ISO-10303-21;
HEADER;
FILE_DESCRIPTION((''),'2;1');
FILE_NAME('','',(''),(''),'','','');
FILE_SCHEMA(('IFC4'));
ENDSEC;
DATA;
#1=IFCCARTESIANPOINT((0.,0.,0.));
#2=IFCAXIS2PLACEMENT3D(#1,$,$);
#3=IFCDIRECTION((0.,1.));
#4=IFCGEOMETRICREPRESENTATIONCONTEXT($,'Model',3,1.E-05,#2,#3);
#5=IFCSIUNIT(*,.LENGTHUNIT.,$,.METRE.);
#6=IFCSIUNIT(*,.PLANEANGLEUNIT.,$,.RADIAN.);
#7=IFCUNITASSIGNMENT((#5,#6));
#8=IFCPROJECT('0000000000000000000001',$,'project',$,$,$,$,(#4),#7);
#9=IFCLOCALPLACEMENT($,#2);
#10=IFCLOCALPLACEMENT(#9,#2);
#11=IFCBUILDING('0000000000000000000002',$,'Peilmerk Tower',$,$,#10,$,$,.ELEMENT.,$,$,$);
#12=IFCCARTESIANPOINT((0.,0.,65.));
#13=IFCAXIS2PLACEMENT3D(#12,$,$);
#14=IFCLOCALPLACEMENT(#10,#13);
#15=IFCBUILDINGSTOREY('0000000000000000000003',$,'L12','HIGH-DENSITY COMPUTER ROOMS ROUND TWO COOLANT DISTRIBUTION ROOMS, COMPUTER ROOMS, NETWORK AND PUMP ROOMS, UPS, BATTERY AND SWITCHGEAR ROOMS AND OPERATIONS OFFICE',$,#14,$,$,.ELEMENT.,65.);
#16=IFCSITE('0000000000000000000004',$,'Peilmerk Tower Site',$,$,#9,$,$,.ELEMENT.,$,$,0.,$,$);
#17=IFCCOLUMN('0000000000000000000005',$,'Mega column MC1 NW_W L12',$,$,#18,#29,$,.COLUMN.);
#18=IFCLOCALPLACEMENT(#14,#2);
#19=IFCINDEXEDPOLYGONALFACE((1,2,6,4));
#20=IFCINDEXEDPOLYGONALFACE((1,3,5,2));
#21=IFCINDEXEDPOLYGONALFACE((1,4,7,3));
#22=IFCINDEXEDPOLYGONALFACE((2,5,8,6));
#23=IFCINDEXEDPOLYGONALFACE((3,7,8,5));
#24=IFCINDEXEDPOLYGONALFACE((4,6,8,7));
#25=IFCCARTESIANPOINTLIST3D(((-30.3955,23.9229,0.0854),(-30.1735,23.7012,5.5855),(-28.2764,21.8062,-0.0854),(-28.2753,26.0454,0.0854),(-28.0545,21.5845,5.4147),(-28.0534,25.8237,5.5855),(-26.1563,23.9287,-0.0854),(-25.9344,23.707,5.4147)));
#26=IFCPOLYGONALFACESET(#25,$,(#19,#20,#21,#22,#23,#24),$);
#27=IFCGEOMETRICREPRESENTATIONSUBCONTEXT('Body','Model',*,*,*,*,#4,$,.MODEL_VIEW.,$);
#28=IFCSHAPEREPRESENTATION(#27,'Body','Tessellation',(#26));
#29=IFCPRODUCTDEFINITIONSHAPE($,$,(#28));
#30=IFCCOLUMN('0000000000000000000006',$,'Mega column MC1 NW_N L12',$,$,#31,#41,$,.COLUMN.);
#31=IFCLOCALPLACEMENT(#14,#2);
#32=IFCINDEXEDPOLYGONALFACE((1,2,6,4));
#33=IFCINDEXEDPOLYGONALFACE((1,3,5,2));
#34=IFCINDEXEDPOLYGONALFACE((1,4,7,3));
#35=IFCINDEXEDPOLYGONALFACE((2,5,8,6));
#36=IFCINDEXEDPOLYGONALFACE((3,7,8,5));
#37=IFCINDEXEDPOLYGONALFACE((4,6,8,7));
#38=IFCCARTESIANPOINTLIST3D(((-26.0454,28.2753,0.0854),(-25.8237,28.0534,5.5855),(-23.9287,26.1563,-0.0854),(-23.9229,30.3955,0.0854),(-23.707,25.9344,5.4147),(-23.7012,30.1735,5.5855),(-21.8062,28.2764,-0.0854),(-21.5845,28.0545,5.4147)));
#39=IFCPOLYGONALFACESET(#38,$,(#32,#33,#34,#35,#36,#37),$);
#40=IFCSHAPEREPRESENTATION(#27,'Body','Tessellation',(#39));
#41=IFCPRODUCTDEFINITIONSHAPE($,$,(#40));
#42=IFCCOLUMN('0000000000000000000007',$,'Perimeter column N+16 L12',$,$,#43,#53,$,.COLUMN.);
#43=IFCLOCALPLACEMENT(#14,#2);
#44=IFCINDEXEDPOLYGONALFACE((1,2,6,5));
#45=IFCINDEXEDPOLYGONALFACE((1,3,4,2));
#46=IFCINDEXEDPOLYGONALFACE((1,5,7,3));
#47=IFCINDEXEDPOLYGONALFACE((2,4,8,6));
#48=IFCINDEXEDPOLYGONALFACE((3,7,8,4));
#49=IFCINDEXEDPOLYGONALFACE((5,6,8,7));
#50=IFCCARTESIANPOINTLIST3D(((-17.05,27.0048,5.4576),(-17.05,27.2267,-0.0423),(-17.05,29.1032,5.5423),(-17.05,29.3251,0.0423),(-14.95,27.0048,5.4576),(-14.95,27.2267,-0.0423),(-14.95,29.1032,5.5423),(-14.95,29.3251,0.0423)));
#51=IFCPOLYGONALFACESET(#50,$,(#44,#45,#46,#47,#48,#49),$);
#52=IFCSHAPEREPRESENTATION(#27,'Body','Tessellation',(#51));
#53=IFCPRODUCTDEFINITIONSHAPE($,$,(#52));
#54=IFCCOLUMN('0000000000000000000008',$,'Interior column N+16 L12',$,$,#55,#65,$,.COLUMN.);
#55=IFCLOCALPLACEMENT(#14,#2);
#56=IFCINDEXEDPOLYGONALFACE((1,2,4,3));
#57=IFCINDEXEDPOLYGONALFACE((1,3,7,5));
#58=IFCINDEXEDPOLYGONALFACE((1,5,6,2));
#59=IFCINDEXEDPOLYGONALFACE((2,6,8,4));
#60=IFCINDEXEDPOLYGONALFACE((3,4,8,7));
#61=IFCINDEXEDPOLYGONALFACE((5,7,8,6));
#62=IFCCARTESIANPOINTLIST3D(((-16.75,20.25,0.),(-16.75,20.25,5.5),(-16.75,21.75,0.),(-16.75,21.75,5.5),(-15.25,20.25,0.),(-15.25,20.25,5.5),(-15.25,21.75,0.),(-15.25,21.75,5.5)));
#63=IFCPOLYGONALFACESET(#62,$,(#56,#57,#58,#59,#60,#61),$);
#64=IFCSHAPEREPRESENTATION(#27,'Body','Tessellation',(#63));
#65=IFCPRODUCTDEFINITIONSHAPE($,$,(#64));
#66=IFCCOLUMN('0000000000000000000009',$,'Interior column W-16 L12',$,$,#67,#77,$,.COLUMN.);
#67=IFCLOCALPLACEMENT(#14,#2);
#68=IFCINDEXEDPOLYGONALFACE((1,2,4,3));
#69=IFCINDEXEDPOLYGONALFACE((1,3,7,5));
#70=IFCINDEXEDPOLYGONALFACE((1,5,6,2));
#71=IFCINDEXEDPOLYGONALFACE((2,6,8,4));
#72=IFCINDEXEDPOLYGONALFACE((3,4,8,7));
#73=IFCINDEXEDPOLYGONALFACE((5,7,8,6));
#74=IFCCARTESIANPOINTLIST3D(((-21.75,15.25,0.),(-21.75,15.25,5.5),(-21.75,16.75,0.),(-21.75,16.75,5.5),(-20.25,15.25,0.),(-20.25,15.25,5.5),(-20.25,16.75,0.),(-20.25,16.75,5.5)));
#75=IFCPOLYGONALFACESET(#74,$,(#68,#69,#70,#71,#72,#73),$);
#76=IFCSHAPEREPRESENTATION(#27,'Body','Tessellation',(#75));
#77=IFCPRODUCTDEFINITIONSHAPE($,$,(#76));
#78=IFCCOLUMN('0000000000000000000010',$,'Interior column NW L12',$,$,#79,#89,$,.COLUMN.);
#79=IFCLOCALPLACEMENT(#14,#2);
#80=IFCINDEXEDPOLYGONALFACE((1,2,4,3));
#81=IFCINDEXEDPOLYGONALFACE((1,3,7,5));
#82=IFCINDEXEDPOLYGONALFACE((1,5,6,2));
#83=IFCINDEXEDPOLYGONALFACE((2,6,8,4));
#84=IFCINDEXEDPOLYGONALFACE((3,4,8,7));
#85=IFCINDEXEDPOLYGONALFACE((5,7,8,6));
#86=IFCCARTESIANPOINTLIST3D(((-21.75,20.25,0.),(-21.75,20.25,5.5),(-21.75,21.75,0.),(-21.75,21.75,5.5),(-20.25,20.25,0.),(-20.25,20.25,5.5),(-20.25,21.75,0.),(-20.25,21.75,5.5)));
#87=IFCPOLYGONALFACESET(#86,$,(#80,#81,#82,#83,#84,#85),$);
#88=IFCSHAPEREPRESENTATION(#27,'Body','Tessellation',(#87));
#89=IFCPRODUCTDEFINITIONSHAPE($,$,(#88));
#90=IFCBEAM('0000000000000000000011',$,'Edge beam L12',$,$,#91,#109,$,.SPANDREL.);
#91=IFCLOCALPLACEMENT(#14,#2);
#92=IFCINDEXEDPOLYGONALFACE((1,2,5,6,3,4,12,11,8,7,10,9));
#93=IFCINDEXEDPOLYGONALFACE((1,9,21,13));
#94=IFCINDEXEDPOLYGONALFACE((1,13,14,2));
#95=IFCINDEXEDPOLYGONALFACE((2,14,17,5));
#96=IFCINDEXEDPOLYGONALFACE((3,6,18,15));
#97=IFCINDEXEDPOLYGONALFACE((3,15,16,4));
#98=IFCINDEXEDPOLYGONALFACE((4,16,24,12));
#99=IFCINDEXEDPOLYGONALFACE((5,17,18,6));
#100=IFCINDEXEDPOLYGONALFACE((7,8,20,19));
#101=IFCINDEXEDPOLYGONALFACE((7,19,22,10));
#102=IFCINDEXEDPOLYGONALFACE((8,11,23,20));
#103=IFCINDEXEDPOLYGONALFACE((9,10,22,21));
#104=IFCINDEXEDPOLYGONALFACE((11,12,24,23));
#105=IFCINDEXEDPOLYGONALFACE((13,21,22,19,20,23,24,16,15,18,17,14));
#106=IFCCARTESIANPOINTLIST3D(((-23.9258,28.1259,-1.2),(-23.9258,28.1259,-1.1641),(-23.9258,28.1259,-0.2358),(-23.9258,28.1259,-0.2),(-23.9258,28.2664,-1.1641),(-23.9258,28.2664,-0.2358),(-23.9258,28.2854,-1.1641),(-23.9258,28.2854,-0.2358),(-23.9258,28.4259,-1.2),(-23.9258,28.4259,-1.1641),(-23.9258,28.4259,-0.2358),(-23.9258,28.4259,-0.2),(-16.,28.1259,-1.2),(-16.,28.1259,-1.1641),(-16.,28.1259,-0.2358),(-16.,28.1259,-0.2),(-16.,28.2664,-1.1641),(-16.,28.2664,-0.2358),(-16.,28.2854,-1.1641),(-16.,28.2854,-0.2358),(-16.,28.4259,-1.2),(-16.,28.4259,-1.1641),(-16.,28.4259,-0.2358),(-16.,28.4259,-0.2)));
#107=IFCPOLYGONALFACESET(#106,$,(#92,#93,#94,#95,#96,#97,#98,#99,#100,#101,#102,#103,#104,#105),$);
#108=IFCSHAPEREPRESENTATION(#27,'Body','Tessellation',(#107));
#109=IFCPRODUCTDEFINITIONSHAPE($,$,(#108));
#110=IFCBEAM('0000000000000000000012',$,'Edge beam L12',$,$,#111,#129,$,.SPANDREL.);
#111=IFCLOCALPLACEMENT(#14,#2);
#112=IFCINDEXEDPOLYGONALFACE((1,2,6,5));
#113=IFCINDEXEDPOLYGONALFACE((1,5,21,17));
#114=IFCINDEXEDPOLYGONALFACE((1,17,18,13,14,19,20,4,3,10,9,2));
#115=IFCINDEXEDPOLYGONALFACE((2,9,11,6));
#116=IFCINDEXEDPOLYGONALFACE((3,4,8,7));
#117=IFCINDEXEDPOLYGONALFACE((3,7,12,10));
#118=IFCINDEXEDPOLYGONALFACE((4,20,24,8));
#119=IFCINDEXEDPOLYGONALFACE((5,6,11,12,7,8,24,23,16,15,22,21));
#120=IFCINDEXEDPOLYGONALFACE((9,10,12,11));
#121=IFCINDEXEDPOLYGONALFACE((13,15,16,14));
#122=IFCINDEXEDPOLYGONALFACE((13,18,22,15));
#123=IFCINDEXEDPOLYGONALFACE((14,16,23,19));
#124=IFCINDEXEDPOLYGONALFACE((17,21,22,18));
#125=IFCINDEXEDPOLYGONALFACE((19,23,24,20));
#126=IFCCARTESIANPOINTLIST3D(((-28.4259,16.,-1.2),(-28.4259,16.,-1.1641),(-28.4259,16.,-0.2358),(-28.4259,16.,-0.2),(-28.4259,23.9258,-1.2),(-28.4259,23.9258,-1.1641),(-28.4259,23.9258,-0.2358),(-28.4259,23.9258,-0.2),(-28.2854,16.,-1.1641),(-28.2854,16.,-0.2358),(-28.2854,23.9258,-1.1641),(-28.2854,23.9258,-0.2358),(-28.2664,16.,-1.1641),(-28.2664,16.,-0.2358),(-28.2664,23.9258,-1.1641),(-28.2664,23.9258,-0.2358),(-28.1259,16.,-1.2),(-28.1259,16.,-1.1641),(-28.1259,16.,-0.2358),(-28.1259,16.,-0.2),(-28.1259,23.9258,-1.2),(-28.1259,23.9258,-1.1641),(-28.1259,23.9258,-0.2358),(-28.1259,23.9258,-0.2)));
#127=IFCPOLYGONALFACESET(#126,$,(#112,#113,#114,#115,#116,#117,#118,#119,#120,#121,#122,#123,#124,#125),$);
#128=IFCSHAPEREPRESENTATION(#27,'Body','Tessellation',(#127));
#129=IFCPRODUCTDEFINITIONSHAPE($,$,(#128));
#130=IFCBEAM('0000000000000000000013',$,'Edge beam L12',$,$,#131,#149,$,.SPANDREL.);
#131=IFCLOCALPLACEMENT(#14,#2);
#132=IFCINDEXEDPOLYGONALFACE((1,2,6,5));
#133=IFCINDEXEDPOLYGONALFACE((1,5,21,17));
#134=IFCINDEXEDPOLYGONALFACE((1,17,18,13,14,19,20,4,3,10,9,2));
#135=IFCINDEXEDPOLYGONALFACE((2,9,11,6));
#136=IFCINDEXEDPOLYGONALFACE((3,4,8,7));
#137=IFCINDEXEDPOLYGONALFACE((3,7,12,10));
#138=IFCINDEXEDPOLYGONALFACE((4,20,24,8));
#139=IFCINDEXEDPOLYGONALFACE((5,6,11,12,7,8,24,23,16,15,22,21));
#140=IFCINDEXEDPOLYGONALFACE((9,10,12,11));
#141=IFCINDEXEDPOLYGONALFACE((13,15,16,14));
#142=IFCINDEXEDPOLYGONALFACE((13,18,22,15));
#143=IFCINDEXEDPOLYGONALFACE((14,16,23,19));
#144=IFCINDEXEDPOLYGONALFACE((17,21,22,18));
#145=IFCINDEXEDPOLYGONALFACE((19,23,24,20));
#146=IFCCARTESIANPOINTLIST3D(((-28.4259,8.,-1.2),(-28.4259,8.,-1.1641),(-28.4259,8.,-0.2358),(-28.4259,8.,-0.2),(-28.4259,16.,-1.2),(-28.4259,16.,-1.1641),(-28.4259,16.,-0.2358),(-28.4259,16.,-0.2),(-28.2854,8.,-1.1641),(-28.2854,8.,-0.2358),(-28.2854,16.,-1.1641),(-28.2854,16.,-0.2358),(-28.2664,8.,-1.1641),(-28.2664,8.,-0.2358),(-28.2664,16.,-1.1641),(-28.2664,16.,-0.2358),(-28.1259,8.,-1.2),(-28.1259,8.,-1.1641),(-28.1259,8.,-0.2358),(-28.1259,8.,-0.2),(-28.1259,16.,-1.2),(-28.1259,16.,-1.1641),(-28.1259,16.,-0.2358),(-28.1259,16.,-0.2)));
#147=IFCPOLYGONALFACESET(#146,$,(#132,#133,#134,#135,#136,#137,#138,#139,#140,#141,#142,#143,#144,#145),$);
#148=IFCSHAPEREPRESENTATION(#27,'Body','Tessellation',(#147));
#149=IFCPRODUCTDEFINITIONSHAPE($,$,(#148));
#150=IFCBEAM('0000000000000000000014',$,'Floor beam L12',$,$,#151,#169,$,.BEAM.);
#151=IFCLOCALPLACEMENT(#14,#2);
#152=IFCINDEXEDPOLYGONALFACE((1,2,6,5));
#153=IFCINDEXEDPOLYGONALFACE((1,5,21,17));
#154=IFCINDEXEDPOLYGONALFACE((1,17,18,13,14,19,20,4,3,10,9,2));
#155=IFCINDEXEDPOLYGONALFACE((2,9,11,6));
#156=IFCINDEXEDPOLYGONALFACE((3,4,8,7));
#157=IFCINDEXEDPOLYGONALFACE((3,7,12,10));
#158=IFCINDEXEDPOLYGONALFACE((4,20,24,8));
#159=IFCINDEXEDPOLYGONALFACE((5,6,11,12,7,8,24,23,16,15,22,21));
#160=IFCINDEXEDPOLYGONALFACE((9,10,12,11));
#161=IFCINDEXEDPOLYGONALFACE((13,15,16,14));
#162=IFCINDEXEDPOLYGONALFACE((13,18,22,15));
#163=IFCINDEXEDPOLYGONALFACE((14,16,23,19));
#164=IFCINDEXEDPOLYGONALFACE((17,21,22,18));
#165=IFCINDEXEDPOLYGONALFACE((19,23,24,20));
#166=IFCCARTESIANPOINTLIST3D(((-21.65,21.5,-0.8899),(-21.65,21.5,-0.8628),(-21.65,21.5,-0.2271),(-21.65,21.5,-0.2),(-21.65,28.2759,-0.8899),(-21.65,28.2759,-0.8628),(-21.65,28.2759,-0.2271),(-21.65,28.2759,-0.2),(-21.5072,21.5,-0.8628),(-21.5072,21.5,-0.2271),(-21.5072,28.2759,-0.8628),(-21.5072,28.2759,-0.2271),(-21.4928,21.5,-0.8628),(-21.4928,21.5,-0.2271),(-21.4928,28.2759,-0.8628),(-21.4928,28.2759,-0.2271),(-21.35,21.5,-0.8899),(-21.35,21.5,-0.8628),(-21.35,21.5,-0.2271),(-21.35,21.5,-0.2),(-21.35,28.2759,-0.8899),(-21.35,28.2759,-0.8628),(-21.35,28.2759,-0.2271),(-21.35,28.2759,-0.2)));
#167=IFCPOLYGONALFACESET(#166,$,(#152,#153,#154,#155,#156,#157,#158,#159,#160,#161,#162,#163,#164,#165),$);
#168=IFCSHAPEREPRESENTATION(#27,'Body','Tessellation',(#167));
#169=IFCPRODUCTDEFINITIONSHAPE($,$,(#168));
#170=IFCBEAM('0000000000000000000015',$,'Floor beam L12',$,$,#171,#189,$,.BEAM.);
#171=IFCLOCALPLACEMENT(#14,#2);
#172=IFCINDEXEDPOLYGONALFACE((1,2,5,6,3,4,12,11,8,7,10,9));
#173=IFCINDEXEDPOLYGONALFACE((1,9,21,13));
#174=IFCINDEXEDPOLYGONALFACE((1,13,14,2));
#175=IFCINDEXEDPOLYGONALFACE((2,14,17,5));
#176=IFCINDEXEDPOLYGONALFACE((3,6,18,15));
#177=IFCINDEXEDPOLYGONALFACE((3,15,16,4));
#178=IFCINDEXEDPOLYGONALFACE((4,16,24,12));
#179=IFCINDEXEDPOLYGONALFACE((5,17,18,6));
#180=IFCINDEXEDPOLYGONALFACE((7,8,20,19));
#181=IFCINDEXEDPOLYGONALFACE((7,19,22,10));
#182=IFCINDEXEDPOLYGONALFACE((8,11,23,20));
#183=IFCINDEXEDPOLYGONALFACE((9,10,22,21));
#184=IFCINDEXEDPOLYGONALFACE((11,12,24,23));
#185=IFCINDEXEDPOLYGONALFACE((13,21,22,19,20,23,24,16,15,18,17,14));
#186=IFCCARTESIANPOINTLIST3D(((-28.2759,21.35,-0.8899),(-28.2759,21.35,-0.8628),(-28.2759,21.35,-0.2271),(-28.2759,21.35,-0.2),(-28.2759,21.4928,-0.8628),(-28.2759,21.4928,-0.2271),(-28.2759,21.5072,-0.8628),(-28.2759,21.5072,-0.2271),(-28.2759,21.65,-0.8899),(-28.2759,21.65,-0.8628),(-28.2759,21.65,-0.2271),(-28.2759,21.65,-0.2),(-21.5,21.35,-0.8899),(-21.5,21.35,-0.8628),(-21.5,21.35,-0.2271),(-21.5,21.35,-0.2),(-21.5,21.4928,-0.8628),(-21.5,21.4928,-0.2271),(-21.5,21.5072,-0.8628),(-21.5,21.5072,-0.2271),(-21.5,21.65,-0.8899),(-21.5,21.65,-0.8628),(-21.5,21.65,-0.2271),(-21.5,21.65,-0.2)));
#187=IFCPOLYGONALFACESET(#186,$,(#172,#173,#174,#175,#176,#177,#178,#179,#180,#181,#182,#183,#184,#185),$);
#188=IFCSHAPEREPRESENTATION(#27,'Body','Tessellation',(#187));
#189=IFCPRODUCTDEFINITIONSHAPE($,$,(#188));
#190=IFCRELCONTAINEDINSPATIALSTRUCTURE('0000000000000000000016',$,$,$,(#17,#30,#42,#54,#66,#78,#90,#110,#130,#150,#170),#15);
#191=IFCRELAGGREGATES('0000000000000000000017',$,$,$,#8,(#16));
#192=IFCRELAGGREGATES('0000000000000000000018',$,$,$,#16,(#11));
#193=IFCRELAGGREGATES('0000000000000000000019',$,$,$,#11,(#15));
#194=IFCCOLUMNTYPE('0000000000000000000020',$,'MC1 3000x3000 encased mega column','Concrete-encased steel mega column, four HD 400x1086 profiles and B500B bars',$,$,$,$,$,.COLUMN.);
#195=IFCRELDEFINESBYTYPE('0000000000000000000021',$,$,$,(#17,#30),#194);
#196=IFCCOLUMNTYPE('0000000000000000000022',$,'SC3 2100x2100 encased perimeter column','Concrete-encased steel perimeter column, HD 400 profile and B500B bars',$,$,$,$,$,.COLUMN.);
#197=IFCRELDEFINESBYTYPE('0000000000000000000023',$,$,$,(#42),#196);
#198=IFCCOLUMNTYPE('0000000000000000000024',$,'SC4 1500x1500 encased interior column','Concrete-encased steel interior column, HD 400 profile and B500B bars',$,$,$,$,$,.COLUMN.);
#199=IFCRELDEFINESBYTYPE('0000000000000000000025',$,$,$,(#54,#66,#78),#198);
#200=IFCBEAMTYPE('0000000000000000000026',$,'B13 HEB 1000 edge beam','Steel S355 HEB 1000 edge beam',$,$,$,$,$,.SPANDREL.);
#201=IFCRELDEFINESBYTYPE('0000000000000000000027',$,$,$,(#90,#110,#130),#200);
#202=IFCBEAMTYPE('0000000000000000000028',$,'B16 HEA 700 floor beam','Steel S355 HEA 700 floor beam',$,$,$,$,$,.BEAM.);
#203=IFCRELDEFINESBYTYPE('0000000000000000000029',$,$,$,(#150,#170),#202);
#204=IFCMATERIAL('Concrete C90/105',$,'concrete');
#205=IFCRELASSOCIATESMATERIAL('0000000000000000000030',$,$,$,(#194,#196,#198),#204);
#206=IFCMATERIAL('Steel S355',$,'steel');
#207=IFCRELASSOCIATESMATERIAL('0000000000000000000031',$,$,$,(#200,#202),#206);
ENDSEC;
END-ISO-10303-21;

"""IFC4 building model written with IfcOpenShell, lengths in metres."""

from ifc_helpers import new_model, si_unit, direction, frame, origin, origin_2d, place, context, subcontext, project, spatial, rectangle, i_section, extrude, material, material_profile, profile_set, type_object, element, save


model = new_model("IFC4")

# Units and contexts
model_context = context("Model", 3, precision=1e-05, world=origin(), true_north=direction((0.0, 1.0)))
body_context = subcontext(model_context, "Body", "Model", "MODEL_VIEW")
ifc_project = project(units=[si_unit("LENGTHUNIT", "METRE"), si_unit("PLANEANGLEUNIT", "RADIAN")], contexts=[model_context])

# Site, building, storey
site_placement = place(None, origin())
site = spatial("IfcSite", under=ifc_project, at=site_placement, Name="Peilmerk Tower Site", CompositionType="ELEMENT", RefElevation=0.0)
building_placement = place(site_placement, origin())
building = spatial("IfcBuilding", under=site, at=building_placement, Name="Peilmerk Tower", CompositionType="ELEMENT")
storey_placement = place(building_placement, frame((0.0, 0.0, 65.0)))
storey = spatial("IfcBuildingStorey", under=building, at=storey_placement, Name="L12", Description="HIGH-DENSITY COMPUTER ROOMS ROUND TWO COOLANT DISTRIBUTION ROOMS, COMPUTER ROOMS, NETWORK AND PUMP ROOMS, UPS, BATTERY AND SWITCHGEAR ROOMS AND OPERATIONS OFFICE", CompositionType="ELEMENT", Elevation=65.0)

# Columns
ifc_material_1 = material(Name="Concrete C90/105", Category="concrete")
ifc_material_profile_1 = material_profile(ifc_material_1, rectangle(XDim=3.0, YDim=3.0, at=origin_2d()), Name="RC 3000x3000")
ifc_profile_set_1 = profile_set([ifc_material_profile_1], Name="Concrete C90/105")
column_type_1 = type_object("IfcColumnType", Name="MC1 3000x3000 encased mega column", Description="Concrete-encased steel mega column, four HD 400x1086 profiles and B500B bars", PredefinedType="COLUMN", material=ifc_profile_set_1)
for number, where, z_axis, x_axis, name in (
    (1, (-28.2759, 23.9258, 0.0), (0.040284, -0.04024, 0.998378), (0.706718, 0.707496, 0.0), "Mega column MC1 NW_W L12"),
    (2, (-23.9258, 28.2759, 0.0), (0.04024, -0.040284, 0.998378), (0.707496, 0.706718, 0.0), "Mega column MC1 NW_N L12"),
):
    element("IfcColumn", number, at=place(storey_placement, frame(where, z_axis=z_axis, x_axis=x_axis)), inside=storey, type_object=column_type_1, Name=name, PredefinedType="COLUMN", context=body_context, shape_type="SweptSolid", body=[
        extrude(rectangle(XDim=3.0, YDim=3.0, at=origin_2d()), origin(), (0.0, 0.0, 1.0), 5.509),
    ])
ifc_material_profile_2 = material_profile(ifc_material_1, rectangle(XDim=2.1001, YDim=2.1001, at=origin_2d()), Name="RC 2100x2100")
ifc_profile_set_2 = profile_set([ifc_material_profile_2], Name="Concrete C90/105")
column_type_2 = type_object("IfcColumnType", Name="SC3 2100x2100 encased perimeter column", Description="Concrete-encased steel perimeter column, HD 400 profile and B500B bars", PredefinedType="COLUMN", material=ifc_profile_set_2)
column_placement = place(storey_placement, frame((-16.0, 28.2759, 0.0), z_axis=(0.0, -0.040317, 0.999187), x_axis=(1.0, 0.0, 0.0)))
element("IfcColumn", 3, at=column_placement, inside=storey, type_object=column_type_2, Name="Perimeter column N+16 L12", PredefinedType="COLUMN", context=body_context, shape_type="SweptSolid", body=[
    extrude(rectangle(XDim=2.1001, YDim=2.1001, at=origin_2d()), origin(), (0.0, 0.0, 1.0), 5.5044),
])
ifc_material_profile_3 = material_profile(ifc_material_1, rectangle(XDim=1.5, YDim=1.5, at=origin_2d()), Name="RC 1500x1500")
ifc_profile_set_3 = profile_set([ifc_material_profile_3], Name="Concrete C90/105")
column_type_3 = type_object("IfcColumnType", Name="SC4 1500x1500 encased interior column", Description="Concrete-encased steel interior column, HD 400 profile and B500B bars", PredefinedType="COLUMN", material=ifc_profile_set_3)
for number, where, z_axis, x_axis, name in (
    (4, (-16.0, 21.0, 0.0), (0.0, 0.0, 1.0), (1.0, 0.0, 0.0), "Interior column N+16 L12"),
    (5, (-21.0, 16.0, 0.0), (0.0, 0.0, 1.0), (1.0, 0.0, 0.0), "Interior column W-16 L12"),
    (6, (-21.0, 21.0, 0.0), (0.0, 0.0, 1.0), (1.0, 0.0, 0.0), "Interior column NW L12"),
):
    element("IfcColumn", number, at=place(storey_placement, frame(where, z_axis=z_axis, x_axis=x_axis)), inside=storey, type_object=column_type_3, Name=name, PredefinedType="COLUMN", context=body_context, shape_type="SweptSolid", body=[
        extrude(rectangle(XDim=1.5, YDim=1.5, at=origin_2d()), origin(), (0.0, 0.0, 1.0), 5.5),
    ])

# Beams
ifc_material_2 = material(Name="Steel S355", Category="steel")
ifc_material_profile_4 = material_profile(ifc_material_2, i_section(OverallWidth=0.3, OverallDepth=1.0, WebThickness=0.019, FlangeThickness=0.0359, at=origin_2d()), Name="HEB 1000")
ifc_profile_set_4 = profile_set([ifc_material_profile_4], Name="Steel S355")
beam_type_1 = type_object("IfcBeamType", Name="B13 HEB 1000 edge beam", Description="Steel S355 HEB 1000 edge beam", PredefinedType="SPANDREL", material=ifc_profile_set_4)
for number, where, z_axis, x_axis, name in (
    (7, (-16.0, 28.2759, -0.7), (-1.0, 0.0, 0.0), (0.0, -1.0, 0.0), "Edge beam L12"),
    (8, (-28.2759, 23.9258, -0.7), (0.0, -1.0, 0.0), (1.0, 0.0, 0.0), "Edge beam L12"),
):
    element("IfcBeam", number, at=place(storey_placement, frame(where, z_axis=z_axis, x_axis=x_axis)), inside=storey, type_object=beam_type_1, Name=name, PredefinedType="SPANDREL", context=body_context, shape_type="SweptSolid", body=[
        extrude(i_section(OverallWidth=0.3, OverallDepth=1.0, WebThickness=0.019, FlangeThickness=0.0359, at=origin_2d()), origin(), (0.0, 0.0, 1.0), 7.9258),
    ])
beam_1_placement = place(storey_placement, frame((-28.2759, 16.0, -0.7), z_axis=(0.0, -1.0, 0.0), x_axis=(1.0, 0.0, 0.0)))
element("IfcBeam", 9, at=beam_1_placement, inside=storey, type_object=beam_type_1, Name="Edge beam L12", PredefinedType="SPANDREL", context=body_context, shape_type="SweptSolid", body=[
    extrude(i_section(OverallWidth=0.3, OverallDepth=1.0, WebThickness=0.019, FlangeThickness=0.0359, at=origin_2d()), origin(), (0.0, 0.0, 1.0), 8.0),
])
ifc_material_profile_5 = material_profile(ifc_material_2, i_section(OverallWidth=0.3, OverallDepth=0.6899, WebThickness=0.0144, FlangeThickness=0.0271, at=origin_2d()), Name="HEA 700")
ifc_profile_set_5 = profile_set([ifc_material_profile_5], Name="Steel S355")
beam_type_2 = type_object("IfcBeamType", Name="B16 HEA 700 floor beam", Description="Steel S355 HEA 700 floor beam", PredefinedType="BEAM", material=ifc_profile_set_5)
for number, where, z_axis, x_axis, name in (
    (10, (-21.5, 21.5, -0.5449), (0.0, 1.0, 0.0), (-1.0, 0.0, 0.0), "Floor beam L12"),
    (11, (-21.5, 21.5, -0.5449), (-1.0, 0.0, 0.0), (0.0, -1.0, 0.0), "Floor beam L12"),
):
    element("IfcBeam", number, at=place(storey_placement, frame(where, z_axis=z_axis, x_axis=x_axis)), inside=storey, type_object=beam_type_2, Name=name, PredefinedType="BEAM", context=body_context, shape_type="SweptSolid", body=[
        extrude(i_section(OverallWidth=0.3, OverallDepth=0.6899, WebThickness=0.0144, FlangeThickness=0.0271, at=origin_2d()), origin(), (0.0, 0.0, 1.0), 6.7759),
    ])

save(model, "model.ifc")
